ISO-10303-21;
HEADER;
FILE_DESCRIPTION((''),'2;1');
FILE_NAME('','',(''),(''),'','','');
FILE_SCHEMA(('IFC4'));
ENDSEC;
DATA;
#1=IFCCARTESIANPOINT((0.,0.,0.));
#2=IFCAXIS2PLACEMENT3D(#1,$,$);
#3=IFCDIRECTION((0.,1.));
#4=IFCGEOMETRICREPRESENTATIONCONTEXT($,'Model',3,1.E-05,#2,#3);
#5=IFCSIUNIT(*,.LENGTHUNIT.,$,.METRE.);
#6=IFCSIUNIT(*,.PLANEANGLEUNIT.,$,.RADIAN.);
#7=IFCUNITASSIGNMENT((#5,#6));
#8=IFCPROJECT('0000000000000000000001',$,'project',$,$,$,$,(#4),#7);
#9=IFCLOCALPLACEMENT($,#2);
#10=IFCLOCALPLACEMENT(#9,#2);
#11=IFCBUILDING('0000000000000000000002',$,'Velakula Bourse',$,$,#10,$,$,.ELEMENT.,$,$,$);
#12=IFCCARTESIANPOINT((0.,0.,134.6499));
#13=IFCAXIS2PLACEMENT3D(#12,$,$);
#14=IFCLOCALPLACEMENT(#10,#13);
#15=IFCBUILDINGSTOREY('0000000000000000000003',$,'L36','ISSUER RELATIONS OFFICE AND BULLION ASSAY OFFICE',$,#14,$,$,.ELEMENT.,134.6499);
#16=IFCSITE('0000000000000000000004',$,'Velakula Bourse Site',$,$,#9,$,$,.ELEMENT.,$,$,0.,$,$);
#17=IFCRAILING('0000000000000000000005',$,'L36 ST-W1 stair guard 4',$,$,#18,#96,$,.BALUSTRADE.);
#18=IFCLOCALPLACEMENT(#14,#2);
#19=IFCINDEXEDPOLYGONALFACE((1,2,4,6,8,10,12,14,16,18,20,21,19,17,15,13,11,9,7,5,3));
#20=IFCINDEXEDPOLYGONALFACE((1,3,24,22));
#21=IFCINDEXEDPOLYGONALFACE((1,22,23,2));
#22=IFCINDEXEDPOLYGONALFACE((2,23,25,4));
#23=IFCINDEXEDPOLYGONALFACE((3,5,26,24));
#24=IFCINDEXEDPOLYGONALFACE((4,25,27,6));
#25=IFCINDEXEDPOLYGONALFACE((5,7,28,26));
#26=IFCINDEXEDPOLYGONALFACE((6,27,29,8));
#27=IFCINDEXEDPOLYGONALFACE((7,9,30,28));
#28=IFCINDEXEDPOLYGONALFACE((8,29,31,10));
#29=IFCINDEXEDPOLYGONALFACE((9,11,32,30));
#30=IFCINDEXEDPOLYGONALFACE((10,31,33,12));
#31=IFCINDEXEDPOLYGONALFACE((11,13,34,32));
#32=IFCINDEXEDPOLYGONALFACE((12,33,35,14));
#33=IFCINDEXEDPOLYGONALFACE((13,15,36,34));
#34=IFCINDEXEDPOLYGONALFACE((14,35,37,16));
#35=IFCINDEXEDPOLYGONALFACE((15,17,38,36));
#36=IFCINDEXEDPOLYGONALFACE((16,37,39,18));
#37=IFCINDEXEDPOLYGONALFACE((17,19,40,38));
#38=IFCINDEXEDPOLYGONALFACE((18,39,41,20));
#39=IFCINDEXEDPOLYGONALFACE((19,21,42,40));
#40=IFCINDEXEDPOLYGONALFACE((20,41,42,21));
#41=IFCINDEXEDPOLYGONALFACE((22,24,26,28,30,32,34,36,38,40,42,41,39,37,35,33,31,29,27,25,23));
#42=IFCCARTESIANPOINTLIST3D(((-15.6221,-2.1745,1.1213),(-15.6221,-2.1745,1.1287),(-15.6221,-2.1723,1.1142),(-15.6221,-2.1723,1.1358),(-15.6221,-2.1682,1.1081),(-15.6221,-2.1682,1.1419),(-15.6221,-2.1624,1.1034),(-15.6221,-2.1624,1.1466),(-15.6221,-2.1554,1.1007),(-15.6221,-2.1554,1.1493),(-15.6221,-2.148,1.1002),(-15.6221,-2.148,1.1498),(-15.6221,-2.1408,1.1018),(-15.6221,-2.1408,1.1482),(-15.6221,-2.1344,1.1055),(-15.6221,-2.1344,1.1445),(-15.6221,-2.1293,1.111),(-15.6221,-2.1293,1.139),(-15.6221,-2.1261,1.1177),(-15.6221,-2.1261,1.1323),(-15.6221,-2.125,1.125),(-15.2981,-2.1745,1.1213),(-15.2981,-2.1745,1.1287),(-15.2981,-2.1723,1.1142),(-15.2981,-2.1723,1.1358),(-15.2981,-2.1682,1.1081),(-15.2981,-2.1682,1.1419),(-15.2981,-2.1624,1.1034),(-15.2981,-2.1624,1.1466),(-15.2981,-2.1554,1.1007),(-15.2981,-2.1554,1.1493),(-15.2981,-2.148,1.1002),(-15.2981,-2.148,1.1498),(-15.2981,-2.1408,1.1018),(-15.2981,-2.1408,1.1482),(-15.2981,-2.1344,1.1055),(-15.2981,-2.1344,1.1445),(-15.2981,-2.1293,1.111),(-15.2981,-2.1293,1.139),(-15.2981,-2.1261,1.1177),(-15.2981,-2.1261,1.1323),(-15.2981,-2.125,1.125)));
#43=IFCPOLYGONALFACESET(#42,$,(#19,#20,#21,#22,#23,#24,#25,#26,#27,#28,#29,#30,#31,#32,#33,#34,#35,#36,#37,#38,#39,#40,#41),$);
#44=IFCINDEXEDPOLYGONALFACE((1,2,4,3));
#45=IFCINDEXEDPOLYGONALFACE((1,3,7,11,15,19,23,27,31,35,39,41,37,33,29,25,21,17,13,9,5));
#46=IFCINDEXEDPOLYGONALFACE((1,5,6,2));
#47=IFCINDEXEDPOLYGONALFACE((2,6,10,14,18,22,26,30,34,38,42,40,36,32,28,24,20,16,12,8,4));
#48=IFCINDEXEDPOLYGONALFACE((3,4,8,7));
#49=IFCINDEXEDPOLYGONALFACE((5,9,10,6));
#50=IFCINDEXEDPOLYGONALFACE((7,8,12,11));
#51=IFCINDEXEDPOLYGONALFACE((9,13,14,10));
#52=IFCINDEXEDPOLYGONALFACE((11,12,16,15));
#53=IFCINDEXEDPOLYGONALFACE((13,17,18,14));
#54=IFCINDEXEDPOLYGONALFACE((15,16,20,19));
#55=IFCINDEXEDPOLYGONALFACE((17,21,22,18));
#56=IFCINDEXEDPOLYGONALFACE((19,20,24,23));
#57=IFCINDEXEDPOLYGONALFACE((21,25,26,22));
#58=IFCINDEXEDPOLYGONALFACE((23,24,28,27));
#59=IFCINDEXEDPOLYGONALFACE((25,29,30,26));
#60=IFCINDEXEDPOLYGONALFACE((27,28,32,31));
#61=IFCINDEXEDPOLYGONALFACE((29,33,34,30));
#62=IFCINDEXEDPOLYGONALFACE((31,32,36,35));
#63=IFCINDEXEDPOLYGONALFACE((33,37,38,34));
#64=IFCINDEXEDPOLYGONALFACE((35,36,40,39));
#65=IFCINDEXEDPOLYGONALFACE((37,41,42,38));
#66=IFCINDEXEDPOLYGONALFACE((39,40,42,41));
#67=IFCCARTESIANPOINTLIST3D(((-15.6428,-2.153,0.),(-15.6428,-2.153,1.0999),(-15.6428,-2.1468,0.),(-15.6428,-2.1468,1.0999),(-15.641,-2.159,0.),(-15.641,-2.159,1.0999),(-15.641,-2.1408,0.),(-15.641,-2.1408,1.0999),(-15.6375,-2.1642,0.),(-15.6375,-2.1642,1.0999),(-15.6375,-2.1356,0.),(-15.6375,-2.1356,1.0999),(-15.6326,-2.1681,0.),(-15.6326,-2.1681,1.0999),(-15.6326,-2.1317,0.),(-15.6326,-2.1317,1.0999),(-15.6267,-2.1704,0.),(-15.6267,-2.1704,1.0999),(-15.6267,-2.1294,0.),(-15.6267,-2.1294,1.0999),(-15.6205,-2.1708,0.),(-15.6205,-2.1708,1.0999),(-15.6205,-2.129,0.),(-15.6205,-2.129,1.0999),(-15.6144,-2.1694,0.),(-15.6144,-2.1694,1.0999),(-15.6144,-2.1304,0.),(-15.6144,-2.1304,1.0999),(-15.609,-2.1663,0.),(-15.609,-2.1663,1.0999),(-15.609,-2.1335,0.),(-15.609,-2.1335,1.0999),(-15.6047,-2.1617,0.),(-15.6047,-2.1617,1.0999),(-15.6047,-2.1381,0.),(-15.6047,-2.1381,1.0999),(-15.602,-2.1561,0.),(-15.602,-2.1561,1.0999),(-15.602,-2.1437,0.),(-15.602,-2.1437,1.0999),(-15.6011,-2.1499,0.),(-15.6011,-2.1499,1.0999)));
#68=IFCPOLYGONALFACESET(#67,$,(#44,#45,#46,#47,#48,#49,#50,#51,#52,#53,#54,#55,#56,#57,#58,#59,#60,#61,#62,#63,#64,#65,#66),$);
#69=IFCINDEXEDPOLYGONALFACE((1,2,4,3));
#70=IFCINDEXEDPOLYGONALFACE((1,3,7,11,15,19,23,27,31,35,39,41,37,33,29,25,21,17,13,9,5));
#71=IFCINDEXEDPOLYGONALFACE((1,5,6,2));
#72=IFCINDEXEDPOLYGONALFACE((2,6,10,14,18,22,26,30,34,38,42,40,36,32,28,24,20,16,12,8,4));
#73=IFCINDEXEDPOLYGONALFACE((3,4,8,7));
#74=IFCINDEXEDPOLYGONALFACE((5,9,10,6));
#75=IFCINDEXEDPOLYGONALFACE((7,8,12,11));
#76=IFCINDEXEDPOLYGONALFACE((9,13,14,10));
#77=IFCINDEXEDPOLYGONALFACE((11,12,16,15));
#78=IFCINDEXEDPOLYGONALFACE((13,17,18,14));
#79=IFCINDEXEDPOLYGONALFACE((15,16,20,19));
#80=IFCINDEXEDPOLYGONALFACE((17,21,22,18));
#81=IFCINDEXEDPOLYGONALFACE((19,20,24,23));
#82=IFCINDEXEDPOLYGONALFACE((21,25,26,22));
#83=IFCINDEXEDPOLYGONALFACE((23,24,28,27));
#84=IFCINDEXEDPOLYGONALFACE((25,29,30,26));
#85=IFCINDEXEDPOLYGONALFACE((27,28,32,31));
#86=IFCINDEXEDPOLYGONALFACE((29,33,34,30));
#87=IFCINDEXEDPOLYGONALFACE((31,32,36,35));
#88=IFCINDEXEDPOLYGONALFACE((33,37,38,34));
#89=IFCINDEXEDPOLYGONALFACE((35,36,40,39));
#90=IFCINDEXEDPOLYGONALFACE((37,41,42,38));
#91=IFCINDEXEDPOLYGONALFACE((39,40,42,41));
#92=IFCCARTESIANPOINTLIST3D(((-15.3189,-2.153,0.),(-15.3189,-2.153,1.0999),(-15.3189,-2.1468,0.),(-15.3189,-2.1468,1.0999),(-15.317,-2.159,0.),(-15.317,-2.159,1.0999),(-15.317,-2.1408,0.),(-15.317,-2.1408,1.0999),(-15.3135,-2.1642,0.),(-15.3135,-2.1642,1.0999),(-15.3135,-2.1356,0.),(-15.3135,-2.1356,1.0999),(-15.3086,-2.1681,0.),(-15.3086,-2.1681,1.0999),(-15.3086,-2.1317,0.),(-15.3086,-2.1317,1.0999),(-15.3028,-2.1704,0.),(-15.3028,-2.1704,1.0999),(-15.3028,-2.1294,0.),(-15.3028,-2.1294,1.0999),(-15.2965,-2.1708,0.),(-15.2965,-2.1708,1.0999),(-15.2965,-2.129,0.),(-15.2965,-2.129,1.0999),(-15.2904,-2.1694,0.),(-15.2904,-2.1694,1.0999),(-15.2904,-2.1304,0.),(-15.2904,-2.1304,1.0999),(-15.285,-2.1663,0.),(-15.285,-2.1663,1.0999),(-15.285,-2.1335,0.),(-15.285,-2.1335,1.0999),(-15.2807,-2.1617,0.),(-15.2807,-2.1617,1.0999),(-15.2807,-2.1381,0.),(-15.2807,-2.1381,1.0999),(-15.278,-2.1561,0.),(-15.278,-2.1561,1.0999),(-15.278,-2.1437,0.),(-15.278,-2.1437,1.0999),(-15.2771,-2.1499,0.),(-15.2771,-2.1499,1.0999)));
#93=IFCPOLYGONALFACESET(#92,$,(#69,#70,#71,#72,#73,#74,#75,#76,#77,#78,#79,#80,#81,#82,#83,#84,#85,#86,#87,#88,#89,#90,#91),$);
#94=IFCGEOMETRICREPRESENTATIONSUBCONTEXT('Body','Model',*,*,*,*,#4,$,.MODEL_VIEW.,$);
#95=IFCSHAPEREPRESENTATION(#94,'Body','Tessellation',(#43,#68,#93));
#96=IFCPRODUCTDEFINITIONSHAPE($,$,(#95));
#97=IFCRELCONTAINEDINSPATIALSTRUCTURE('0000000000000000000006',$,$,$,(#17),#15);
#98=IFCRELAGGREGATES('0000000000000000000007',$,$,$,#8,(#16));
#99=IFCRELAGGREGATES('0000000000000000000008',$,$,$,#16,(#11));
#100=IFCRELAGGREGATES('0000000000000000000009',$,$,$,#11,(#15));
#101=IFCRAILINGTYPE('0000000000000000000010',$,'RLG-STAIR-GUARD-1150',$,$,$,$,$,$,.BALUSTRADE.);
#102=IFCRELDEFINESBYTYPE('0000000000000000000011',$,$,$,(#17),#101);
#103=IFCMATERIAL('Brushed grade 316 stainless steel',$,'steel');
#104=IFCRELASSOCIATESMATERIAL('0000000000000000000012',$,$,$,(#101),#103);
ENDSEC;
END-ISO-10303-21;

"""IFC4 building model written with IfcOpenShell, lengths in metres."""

from ifc_helpers import new_model, si_unit, direction, frame, origin, origin_2d, place, context, subcontext, project, spatial, circle, extrude, material, type_object, element, save


model = new_model("IFC4")

# Units and contexts
model_context = context("Model", 3, precision=1e-05, world=origin(), true_north=direction((0.0, 1.0)))
body_context = subcontext(model_context, "Body", "Model", "MODEL_VIEW")
ifc_project = project(units=[si_unit("LENGTHUNIT", "METRE"), si_unit("PLANEANGLEUNIT", "RADIAN")], contexts=[model_context])

# Site, building, storey
site_placement = place(None, origin())
site = spatial("IfcSite", under=ifc_project, at=site_placement, Name="Velakula Bourse Site", CompositionType="ELEMENT", RefElevation=0.0)
building_placement = place(site_placement, origin())
building = spatial("IfcBuilding", under=site, at=building_placement, Name="Velakula Bourse", CompositionType="ELEMENT")
storey_placement = place(building_placement, frame((0.0, 0.0, 134.6499)))
storey = spatial("IfcBuildingStorey", under=building, at=storey_placement, Name="L36", Description="ISSUER RELATIONS OFFICE AND BULLION ASSAY OFFICE", CompositionType="ELEMENT", Elevation=134.6499)

# Shared definitions
ifc_material_1 = material(Name="Brushed grade 316 stainless steel", Category="steel")

# Railing
railing_type_1 = type_object("IfcRailingType", Name="RLG-STAIR-GUARD-1150", PredefinedType="BALUSTRADE", material=ifc_material_1)
railing_1_placement = place(storey_placement, frame((-15.6221, -2.1499, 0.0)))
element("IfcRailing", 1, at=railing_1_placement, inside=storey, type_object=railing_type_1, Name="L36 ST-W1 stair guard 4", PredefinedType="BALUSTRADE", context=body_context, shape_type="SweptSolid", body=[
    extrude(circle(Radius=0.0249, at=origin_2d()), frame((0.0, 0.0, 1.125), z_axis=(1.0, 0.0, 0.0), x_axis=(0.0, 1.0, 0.0)), (0.0, 0.0, 1.0), 0.324),
    extrude(circle(Radius=0.021, at=origin_2d()), origin(), (0.0, 0.0, 1.0), 1.0999),
    extrude(circle(Radius=0.021, at=origin_2d()), frame((0.324, 0.0, 0.0)), (0.0, 0.0, 1.0), 1.0999),
])

save(model, "model.ifc")
